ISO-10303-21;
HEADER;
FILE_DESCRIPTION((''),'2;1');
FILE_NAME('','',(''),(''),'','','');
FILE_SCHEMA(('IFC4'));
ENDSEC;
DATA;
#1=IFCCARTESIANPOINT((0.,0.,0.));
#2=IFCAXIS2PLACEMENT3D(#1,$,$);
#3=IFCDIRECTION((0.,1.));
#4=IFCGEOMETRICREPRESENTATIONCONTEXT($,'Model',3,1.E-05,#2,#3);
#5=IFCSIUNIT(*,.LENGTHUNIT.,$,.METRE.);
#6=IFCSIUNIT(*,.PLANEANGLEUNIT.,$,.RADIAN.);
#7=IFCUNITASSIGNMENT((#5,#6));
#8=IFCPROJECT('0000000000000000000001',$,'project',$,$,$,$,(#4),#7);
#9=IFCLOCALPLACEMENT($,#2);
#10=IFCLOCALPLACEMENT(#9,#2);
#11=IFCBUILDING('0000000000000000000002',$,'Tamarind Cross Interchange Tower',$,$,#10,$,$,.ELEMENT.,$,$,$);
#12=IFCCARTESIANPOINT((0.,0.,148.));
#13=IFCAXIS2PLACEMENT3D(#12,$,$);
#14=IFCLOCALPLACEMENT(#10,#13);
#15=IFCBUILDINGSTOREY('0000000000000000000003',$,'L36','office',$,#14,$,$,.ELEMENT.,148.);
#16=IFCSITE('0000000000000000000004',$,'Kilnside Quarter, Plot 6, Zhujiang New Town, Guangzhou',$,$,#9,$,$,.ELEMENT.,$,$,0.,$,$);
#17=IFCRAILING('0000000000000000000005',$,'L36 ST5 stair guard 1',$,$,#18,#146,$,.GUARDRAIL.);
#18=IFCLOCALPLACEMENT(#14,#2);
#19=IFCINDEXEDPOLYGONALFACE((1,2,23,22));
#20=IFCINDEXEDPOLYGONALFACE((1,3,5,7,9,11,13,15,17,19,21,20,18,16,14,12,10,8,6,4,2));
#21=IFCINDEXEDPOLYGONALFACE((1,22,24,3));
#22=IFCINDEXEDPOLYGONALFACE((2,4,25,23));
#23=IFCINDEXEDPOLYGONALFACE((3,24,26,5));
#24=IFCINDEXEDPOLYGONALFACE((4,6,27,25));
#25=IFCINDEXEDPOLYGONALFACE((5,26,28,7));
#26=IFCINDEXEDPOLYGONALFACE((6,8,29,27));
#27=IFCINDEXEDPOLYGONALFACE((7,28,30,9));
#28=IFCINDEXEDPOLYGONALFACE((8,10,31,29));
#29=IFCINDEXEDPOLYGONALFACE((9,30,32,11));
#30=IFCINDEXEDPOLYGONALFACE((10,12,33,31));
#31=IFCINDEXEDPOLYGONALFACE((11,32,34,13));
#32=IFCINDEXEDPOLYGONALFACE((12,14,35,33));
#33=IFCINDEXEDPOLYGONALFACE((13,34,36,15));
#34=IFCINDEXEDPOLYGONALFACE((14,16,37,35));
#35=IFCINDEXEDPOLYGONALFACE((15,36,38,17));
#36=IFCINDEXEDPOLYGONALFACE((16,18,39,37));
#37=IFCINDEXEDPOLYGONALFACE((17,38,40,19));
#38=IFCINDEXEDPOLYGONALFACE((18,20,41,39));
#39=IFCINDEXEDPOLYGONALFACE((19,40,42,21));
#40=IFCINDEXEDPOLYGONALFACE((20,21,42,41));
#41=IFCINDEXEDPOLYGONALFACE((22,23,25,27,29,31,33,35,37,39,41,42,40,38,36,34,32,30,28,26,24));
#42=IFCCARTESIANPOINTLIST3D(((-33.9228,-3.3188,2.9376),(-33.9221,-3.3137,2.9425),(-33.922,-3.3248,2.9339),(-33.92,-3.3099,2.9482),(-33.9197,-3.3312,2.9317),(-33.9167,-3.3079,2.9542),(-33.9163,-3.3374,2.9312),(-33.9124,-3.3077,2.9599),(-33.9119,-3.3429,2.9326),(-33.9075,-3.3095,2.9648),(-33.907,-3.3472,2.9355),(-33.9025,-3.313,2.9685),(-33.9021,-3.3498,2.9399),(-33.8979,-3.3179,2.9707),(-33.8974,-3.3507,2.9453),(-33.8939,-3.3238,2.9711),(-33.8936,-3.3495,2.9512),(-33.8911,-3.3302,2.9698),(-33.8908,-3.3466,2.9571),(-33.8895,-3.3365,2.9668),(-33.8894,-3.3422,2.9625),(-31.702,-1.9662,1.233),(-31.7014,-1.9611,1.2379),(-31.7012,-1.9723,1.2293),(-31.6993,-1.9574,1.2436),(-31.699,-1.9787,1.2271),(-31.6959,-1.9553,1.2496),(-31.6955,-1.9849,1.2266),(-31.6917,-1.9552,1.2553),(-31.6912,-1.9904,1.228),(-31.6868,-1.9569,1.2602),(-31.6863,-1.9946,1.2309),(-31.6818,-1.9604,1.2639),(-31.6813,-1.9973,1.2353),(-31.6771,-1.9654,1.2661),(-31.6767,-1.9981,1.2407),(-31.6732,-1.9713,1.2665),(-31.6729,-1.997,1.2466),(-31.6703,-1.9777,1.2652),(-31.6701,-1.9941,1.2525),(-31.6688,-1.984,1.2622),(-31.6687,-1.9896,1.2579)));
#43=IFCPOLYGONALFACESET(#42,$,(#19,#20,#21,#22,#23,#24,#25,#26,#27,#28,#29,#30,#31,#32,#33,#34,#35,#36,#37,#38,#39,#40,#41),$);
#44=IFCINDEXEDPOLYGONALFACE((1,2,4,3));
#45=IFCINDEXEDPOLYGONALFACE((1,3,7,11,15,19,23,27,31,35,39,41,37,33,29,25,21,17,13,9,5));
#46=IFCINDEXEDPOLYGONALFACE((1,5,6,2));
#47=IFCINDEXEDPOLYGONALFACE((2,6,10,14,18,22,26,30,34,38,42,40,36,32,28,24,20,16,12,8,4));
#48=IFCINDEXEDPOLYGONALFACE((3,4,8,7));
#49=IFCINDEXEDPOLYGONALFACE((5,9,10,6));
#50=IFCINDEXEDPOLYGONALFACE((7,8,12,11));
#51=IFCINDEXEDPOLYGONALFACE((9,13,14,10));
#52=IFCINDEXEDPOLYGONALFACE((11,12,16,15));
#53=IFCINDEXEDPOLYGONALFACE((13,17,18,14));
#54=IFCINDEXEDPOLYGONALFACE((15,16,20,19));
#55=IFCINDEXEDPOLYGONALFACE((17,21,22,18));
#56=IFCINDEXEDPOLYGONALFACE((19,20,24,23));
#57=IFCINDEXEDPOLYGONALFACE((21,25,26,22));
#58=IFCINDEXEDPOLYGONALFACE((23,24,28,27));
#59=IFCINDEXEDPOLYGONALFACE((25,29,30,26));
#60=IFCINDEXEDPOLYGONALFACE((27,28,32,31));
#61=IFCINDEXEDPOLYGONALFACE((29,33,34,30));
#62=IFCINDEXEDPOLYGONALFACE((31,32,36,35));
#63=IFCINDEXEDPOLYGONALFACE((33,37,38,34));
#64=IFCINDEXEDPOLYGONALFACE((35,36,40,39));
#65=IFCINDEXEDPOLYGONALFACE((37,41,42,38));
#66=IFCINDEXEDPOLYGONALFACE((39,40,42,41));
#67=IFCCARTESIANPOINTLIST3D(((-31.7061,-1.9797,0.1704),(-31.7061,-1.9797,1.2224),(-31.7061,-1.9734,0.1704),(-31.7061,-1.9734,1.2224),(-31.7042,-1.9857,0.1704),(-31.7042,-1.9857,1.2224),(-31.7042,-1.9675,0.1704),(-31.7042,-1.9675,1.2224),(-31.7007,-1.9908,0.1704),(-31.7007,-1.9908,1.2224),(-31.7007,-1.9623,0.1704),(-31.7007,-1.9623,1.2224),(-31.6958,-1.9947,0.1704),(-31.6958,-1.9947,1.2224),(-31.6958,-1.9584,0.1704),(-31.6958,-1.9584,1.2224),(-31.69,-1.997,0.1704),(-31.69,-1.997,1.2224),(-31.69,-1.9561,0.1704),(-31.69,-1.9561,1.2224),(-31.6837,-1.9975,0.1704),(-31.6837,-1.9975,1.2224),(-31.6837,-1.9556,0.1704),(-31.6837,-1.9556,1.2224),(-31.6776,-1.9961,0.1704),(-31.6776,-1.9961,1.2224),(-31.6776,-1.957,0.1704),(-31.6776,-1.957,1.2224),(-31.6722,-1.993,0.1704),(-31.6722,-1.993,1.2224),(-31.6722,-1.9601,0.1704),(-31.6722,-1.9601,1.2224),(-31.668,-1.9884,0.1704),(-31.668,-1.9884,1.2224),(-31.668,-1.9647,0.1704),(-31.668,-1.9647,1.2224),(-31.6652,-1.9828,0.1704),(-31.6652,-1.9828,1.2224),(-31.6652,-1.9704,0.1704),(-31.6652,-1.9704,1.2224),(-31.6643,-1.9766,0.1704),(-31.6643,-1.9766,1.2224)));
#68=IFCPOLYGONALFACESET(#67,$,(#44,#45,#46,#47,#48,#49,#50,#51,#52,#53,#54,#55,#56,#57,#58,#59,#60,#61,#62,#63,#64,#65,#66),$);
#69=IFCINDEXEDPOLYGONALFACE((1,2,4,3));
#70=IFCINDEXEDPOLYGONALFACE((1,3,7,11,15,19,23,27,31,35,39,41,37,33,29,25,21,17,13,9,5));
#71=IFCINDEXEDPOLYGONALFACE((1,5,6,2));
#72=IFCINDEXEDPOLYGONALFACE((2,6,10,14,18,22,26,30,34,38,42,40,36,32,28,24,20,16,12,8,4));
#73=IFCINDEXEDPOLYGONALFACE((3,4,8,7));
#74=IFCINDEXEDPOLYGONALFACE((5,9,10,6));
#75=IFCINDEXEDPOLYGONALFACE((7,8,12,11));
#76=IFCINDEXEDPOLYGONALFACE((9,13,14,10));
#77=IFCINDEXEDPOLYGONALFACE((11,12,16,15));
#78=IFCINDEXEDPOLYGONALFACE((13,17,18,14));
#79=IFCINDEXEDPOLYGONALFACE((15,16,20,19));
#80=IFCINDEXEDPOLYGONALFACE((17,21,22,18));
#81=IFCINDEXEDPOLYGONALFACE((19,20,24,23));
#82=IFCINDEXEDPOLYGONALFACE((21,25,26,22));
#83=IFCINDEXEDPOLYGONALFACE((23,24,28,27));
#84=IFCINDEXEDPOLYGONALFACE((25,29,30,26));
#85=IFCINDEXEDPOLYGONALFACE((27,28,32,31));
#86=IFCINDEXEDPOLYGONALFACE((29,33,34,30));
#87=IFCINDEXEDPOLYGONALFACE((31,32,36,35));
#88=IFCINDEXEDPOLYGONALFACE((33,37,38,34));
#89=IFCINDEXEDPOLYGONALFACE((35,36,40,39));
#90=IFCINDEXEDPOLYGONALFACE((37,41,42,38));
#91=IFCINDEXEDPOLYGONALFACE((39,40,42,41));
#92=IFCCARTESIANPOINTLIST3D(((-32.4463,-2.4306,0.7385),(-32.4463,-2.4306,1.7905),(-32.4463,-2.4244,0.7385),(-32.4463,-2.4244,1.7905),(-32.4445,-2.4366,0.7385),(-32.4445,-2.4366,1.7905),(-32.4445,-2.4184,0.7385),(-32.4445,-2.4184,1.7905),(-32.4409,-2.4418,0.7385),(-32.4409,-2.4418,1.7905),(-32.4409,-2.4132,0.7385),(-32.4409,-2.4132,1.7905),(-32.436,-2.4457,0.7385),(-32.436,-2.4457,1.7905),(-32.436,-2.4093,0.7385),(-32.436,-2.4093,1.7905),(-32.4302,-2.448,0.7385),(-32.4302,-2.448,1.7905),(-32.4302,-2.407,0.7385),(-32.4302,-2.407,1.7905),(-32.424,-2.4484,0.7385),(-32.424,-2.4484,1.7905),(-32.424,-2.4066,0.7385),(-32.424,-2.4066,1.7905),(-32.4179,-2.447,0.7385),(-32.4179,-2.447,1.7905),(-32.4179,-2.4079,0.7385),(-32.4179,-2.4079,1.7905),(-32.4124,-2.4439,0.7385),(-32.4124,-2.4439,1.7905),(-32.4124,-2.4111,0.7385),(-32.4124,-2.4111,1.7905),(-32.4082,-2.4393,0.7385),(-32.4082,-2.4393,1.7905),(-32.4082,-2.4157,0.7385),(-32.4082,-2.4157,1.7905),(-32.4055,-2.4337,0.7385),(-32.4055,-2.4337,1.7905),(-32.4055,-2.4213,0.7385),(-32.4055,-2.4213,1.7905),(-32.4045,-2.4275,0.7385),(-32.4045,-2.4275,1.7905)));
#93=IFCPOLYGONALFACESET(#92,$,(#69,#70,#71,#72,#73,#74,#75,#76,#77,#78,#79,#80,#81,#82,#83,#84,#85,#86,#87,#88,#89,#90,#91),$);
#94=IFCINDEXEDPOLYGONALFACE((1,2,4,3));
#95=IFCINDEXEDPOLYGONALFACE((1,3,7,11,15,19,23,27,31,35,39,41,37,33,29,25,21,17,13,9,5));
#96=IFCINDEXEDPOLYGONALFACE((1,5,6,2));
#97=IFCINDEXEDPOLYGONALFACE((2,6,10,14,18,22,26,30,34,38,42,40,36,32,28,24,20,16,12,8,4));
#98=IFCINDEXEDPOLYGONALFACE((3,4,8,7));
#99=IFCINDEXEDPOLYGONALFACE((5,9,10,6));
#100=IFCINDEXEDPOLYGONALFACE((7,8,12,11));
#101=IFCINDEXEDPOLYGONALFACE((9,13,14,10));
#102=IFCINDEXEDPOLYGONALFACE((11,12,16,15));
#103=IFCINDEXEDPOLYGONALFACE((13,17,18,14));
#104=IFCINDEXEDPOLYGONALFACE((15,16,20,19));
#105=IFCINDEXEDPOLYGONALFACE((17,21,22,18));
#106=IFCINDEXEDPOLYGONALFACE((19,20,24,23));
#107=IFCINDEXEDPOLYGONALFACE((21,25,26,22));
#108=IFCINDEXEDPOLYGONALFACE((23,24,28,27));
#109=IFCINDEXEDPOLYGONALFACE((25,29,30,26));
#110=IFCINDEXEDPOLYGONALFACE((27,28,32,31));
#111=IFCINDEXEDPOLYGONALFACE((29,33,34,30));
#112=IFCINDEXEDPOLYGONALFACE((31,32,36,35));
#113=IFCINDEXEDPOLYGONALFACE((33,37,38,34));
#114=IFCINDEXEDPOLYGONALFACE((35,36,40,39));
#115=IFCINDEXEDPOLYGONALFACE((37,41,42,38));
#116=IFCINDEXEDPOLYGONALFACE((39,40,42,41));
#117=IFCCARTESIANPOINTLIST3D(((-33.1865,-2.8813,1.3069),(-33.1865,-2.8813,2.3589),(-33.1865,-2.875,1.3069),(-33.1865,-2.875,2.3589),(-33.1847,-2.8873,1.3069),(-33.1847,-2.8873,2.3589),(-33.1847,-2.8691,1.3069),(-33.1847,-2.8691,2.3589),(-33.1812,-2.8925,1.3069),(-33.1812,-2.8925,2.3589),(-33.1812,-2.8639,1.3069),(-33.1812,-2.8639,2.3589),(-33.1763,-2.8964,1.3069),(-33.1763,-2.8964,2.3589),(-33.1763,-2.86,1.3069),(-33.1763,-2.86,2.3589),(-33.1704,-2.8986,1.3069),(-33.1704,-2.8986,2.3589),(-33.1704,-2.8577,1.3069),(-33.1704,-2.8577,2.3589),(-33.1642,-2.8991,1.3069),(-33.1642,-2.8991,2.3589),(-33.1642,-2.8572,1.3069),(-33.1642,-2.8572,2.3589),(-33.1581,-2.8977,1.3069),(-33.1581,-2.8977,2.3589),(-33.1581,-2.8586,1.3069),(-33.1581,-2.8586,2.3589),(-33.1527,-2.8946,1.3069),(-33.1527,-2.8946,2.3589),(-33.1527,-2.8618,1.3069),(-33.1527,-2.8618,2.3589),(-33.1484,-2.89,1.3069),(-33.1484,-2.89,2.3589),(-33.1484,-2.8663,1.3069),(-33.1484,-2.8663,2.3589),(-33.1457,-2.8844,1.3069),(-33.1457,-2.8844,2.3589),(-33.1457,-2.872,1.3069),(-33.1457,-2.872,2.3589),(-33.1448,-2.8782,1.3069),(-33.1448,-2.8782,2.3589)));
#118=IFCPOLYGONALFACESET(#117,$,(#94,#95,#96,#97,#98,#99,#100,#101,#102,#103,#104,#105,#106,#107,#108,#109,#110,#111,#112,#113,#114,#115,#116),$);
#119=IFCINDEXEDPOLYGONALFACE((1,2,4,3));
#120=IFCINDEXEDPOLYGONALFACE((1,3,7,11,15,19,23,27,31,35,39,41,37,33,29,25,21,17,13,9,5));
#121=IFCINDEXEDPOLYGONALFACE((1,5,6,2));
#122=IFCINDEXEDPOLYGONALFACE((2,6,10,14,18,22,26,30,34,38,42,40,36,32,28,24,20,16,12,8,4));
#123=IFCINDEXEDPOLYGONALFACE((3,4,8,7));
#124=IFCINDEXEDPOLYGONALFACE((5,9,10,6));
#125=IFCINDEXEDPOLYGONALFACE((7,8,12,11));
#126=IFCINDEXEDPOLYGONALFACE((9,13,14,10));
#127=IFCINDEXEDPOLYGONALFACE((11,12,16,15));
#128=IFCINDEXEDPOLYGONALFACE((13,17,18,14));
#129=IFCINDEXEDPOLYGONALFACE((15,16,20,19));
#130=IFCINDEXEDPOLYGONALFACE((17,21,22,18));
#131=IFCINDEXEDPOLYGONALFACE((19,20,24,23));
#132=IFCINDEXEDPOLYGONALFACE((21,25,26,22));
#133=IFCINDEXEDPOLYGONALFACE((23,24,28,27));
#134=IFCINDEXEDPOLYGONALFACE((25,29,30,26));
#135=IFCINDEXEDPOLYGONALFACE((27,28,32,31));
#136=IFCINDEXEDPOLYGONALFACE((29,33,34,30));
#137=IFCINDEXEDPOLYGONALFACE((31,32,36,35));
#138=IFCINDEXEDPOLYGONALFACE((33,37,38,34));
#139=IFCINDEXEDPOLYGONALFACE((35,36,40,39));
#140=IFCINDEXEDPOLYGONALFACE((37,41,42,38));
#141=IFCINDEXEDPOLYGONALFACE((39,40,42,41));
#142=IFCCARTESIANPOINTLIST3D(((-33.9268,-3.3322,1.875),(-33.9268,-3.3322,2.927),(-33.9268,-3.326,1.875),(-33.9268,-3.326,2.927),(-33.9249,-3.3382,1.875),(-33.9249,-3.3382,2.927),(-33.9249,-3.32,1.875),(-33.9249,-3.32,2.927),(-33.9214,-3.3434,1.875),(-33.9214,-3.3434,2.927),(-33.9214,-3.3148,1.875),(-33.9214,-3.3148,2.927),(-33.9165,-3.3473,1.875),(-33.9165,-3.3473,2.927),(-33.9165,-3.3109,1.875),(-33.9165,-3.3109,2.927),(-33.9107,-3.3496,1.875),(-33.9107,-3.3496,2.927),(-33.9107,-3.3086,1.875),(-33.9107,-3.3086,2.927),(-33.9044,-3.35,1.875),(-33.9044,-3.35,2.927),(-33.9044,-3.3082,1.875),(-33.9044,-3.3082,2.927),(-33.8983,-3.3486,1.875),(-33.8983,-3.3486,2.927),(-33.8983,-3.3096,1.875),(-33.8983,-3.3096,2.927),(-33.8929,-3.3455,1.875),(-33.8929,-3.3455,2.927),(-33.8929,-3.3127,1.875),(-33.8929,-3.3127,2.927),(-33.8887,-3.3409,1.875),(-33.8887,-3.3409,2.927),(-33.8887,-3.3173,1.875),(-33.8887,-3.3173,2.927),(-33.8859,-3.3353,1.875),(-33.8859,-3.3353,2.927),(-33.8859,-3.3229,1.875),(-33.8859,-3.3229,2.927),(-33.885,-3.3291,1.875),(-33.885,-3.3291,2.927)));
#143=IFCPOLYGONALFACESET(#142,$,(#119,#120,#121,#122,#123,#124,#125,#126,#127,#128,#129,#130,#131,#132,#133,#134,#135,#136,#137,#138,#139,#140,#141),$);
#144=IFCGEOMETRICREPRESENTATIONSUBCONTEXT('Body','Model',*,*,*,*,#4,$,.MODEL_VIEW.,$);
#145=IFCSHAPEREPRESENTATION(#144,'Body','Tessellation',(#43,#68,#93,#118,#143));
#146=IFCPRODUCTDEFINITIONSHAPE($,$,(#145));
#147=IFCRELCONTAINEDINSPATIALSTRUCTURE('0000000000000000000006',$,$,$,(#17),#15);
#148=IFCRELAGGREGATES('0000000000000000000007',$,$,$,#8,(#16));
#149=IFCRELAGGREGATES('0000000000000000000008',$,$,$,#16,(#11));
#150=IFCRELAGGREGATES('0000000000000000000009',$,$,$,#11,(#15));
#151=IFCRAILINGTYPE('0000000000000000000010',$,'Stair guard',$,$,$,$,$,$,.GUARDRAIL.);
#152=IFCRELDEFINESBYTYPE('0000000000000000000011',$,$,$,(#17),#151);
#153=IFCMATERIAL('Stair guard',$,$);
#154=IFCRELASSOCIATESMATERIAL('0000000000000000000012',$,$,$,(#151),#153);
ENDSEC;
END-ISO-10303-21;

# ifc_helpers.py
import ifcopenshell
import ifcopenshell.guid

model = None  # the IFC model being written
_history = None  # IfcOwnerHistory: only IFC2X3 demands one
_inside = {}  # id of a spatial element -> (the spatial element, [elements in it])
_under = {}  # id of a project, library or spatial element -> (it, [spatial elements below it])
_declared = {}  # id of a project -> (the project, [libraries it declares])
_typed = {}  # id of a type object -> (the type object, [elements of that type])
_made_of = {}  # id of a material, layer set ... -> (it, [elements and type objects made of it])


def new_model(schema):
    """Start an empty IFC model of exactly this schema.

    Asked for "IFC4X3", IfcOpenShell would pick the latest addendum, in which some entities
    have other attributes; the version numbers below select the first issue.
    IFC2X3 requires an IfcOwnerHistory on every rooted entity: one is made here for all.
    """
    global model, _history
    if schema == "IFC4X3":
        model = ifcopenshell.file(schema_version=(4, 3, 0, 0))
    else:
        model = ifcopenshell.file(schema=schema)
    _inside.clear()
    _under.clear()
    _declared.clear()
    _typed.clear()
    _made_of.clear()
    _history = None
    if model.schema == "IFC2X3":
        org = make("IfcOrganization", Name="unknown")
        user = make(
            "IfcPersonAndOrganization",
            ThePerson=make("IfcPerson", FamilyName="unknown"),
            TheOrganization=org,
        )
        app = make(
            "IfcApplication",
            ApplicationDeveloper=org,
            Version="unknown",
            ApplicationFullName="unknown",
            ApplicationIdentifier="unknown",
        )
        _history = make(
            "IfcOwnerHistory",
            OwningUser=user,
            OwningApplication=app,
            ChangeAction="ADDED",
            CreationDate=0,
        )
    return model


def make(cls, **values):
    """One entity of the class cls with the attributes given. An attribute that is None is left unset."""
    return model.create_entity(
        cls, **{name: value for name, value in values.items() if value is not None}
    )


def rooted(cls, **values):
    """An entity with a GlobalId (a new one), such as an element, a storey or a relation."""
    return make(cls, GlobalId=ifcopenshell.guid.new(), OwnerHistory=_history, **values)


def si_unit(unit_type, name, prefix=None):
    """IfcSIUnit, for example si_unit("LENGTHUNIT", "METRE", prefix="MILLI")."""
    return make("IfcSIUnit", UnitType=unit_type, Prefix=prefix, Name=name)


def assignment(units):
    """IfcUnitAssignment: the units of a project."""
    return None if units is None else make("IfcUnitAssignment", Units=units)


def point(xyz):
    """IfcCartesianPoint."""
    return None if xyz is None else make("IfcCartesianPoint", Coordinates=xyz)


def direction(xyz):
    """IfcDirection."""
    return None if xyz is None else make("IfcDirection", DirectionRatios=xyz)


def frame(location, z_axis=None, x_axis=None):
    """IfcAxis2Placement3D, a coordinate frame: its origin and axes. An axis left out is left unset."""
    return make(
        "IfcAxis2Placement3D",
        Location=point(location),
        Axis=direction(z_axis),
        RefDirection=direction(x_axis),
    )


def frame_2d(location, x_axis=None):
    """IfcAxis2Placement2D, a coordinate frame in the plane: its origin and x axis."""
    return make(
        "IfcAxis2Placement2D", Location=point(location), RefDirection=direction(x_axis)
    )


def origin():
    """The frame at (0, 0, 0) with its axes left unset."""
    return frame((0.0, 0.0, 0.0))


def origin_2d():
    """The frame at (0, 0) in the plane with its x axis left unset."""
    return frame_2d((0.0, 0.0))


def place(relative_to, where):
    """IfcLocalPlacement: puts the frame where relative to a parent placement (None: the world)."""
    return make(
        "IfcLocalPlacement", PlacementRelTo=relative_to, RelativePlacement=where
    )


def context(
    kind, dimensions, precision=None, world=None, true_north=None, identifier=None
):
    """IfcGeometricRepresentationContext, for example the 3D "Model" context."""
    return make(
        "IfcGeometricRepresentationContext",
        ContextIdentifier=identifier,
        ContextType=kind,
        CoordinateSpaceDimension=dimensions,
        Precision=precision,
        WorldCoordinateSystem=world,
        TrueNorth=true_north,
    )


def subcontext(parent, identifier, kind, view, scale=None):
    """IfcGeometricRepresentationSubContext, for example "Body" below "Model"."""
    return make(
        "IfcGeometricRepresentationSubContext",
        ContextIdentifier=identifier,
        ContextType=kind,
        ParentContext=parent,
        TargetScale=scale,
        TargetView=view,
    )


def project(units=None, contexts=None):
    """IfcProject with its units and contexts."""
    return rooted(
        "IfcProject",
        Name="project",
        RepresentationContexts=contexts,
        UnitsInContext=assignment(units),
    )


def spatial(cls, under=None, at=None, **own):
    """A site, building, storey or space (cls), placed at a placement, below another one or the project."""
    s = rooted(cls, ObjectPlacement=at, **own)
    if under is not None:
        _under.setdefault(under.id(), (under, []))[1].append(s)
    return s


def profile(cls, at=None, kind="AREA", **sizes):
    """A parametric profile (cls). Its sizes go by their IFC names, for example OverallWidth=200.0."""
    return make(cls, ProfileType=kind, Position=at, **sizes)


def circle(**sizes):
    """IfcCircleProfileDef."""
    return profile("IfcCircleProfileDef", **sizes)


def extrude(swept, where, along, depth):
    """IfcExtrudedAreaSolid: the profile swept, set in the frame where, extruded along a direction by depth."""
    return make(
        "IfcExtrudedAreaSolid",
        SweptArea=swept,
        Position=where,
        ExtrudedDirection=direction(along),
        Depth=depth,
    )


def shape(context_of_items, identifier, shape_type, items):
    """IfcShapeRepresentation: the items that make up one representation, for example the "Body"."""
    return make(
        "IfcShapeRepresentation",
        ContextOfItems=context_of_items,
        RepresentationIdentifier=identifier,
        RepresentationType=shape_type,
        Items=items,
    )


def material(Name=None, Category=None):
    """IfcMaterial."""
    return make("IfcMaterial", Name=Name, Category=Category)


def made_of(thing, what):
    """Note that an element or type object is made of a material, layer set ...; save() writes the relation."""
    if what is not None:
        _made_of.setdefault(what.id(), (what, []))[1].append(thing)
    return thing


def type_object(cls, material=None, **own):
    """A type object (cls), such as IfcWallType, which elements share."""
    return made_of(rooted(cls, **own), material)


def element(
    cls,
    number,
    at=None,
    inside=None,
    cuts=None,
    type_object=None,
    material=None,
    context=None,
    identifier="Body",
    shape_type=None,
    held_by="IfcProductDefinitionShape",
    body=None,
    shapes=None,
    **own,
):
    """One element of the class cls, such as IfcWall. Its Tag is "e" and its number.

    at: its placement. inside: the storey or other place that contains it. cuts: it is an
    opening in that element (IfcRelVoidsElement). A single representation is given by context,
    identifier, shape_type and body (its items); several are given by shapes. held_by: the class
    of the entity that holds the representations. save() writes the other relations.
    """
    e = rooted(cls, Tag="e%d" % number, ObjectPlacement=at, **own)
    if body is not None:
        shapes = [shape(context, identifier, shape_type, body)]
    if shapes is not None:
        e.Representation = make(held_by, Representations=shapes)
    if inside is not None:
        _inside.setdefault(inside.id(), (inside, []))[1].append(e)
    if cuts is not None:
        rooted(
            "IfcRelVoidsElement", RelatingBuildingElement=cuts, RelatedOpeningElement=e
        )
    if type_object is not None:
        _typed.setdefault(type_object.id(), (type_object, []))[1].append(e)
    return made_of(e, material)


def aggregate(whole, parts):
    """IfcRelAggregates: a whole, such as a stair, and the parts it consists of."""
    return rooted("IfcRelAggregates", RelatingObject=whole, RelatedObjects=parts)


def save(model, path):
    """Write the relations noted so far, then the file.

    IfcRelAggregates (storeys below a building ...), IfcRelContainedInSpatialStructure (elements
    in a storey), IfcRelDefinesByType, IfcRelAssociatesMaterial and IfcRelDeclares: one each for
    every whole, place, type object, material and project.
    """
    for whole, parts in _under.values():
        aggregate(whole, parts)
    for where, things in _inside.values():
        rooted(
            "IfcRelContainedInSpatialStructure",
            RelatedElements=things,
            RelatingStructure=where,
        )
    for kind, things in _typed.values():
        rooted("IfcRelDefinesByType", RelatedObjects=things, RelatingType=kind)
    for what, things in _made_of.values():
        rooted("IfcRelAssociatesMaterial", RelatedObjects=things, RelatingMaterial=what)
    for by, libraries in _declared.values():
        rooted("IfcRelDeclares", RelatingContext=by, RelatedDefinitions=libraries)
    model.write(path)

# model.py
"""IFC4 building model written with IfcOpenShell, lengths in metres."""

from ifc_helpers import new_model, si_unit, direction, frame, origin, origin_2d, place, context, subcontext, project, spatial, circle, extrude, material, type_object, element, save


model = new_model("IFC4")

# Units and contexts
model_context = context("Model", 3, precision=1e-05, world=origin(), true_north=direction((0.0, 1.0)))
body_context = subcontext(model_context, "Body", "Model", "MODEL_VIEW")
ifc_project = project(units=[si_unit("LENGTHUNIT", "METRE"), si_unit("PLANEANGLEUNIT", "RADIAN")], contexts=[model_context])

# Site, building, storey
site_placement = place(None, origin())
site = spatial("IfcSite", under=ifc_project, at=site_placement, Name="Kilnside Quarter, Plot 6, Zhujiang New Town, Guangzhou", CompositionType="ELEMENT", RefElevation=0.0)
building_placement = place(site_placement, origin())
building = spatial("IfcBuilding", under=site, at=building_placement, Name="Tamarind Cross Interchange Tower", CompositionType="ELEMENT")
storey_placement = place(building_placement, frame((0.0, 0.0, 148.0)))
storey = spatial("IfcBuildingStorey", under=building, at=storey_placement, Name="L36", Description="office", CompositionType="ELEMENT", Elevation=148.0)

# Railing
ifc_material_1 = material(Name="Stair guard")
railing_type_1 = type_object("IfcRailingType", Name="Stair guard", PredefinedType="GUARDRAIL", material=ifc_material_1)
railing_1_placement = place(storey_placement, frame((-31.6853, -1.9766, 0.1704)))
element("IfcRailing", 1, at=railing_1_placement, inside=storey, type_object=railing_type_1, Name="L36 ST5 stair guard 1", PredefinedType="GUARDRAIL", context=body_context, shape_type="SweptSolid", body=[
    extrude(circle(Radius=0.0239, at=origin_2d()), frame((0.0, 0.0, 1.0762), z_axis=(-0.714259, -0.435026, 0.548258), x_axis=(0.520173, -0.854061, 0.0)), (0.0, 0.0, 1.0), 3.1091),
    extrude(circle(Radius=0.021, at=origin_2d()), origin(), (0.0, 0.0, 1.0), 1.052),
    extrude(circle(Radius=0.021, at=origin_2d()), frame((-0.7402, -0.4509, 0.5681)), (0.0, 0.0, 1.0), 1.052),
    extrude(circle(Radius=0.021, at=origin_2d()), frame((-1.4805, -0.9016, 1.1365)), (0.0, 0.0, 1.0), 1.052),
    extrude(circle(Radius=0.021, at=origin_2d()), frame((-2.2207, -1.3525, 1.7046)), (0.0, 0.0, 1.0), 1.052),
])

save(model, "model.ifc")
